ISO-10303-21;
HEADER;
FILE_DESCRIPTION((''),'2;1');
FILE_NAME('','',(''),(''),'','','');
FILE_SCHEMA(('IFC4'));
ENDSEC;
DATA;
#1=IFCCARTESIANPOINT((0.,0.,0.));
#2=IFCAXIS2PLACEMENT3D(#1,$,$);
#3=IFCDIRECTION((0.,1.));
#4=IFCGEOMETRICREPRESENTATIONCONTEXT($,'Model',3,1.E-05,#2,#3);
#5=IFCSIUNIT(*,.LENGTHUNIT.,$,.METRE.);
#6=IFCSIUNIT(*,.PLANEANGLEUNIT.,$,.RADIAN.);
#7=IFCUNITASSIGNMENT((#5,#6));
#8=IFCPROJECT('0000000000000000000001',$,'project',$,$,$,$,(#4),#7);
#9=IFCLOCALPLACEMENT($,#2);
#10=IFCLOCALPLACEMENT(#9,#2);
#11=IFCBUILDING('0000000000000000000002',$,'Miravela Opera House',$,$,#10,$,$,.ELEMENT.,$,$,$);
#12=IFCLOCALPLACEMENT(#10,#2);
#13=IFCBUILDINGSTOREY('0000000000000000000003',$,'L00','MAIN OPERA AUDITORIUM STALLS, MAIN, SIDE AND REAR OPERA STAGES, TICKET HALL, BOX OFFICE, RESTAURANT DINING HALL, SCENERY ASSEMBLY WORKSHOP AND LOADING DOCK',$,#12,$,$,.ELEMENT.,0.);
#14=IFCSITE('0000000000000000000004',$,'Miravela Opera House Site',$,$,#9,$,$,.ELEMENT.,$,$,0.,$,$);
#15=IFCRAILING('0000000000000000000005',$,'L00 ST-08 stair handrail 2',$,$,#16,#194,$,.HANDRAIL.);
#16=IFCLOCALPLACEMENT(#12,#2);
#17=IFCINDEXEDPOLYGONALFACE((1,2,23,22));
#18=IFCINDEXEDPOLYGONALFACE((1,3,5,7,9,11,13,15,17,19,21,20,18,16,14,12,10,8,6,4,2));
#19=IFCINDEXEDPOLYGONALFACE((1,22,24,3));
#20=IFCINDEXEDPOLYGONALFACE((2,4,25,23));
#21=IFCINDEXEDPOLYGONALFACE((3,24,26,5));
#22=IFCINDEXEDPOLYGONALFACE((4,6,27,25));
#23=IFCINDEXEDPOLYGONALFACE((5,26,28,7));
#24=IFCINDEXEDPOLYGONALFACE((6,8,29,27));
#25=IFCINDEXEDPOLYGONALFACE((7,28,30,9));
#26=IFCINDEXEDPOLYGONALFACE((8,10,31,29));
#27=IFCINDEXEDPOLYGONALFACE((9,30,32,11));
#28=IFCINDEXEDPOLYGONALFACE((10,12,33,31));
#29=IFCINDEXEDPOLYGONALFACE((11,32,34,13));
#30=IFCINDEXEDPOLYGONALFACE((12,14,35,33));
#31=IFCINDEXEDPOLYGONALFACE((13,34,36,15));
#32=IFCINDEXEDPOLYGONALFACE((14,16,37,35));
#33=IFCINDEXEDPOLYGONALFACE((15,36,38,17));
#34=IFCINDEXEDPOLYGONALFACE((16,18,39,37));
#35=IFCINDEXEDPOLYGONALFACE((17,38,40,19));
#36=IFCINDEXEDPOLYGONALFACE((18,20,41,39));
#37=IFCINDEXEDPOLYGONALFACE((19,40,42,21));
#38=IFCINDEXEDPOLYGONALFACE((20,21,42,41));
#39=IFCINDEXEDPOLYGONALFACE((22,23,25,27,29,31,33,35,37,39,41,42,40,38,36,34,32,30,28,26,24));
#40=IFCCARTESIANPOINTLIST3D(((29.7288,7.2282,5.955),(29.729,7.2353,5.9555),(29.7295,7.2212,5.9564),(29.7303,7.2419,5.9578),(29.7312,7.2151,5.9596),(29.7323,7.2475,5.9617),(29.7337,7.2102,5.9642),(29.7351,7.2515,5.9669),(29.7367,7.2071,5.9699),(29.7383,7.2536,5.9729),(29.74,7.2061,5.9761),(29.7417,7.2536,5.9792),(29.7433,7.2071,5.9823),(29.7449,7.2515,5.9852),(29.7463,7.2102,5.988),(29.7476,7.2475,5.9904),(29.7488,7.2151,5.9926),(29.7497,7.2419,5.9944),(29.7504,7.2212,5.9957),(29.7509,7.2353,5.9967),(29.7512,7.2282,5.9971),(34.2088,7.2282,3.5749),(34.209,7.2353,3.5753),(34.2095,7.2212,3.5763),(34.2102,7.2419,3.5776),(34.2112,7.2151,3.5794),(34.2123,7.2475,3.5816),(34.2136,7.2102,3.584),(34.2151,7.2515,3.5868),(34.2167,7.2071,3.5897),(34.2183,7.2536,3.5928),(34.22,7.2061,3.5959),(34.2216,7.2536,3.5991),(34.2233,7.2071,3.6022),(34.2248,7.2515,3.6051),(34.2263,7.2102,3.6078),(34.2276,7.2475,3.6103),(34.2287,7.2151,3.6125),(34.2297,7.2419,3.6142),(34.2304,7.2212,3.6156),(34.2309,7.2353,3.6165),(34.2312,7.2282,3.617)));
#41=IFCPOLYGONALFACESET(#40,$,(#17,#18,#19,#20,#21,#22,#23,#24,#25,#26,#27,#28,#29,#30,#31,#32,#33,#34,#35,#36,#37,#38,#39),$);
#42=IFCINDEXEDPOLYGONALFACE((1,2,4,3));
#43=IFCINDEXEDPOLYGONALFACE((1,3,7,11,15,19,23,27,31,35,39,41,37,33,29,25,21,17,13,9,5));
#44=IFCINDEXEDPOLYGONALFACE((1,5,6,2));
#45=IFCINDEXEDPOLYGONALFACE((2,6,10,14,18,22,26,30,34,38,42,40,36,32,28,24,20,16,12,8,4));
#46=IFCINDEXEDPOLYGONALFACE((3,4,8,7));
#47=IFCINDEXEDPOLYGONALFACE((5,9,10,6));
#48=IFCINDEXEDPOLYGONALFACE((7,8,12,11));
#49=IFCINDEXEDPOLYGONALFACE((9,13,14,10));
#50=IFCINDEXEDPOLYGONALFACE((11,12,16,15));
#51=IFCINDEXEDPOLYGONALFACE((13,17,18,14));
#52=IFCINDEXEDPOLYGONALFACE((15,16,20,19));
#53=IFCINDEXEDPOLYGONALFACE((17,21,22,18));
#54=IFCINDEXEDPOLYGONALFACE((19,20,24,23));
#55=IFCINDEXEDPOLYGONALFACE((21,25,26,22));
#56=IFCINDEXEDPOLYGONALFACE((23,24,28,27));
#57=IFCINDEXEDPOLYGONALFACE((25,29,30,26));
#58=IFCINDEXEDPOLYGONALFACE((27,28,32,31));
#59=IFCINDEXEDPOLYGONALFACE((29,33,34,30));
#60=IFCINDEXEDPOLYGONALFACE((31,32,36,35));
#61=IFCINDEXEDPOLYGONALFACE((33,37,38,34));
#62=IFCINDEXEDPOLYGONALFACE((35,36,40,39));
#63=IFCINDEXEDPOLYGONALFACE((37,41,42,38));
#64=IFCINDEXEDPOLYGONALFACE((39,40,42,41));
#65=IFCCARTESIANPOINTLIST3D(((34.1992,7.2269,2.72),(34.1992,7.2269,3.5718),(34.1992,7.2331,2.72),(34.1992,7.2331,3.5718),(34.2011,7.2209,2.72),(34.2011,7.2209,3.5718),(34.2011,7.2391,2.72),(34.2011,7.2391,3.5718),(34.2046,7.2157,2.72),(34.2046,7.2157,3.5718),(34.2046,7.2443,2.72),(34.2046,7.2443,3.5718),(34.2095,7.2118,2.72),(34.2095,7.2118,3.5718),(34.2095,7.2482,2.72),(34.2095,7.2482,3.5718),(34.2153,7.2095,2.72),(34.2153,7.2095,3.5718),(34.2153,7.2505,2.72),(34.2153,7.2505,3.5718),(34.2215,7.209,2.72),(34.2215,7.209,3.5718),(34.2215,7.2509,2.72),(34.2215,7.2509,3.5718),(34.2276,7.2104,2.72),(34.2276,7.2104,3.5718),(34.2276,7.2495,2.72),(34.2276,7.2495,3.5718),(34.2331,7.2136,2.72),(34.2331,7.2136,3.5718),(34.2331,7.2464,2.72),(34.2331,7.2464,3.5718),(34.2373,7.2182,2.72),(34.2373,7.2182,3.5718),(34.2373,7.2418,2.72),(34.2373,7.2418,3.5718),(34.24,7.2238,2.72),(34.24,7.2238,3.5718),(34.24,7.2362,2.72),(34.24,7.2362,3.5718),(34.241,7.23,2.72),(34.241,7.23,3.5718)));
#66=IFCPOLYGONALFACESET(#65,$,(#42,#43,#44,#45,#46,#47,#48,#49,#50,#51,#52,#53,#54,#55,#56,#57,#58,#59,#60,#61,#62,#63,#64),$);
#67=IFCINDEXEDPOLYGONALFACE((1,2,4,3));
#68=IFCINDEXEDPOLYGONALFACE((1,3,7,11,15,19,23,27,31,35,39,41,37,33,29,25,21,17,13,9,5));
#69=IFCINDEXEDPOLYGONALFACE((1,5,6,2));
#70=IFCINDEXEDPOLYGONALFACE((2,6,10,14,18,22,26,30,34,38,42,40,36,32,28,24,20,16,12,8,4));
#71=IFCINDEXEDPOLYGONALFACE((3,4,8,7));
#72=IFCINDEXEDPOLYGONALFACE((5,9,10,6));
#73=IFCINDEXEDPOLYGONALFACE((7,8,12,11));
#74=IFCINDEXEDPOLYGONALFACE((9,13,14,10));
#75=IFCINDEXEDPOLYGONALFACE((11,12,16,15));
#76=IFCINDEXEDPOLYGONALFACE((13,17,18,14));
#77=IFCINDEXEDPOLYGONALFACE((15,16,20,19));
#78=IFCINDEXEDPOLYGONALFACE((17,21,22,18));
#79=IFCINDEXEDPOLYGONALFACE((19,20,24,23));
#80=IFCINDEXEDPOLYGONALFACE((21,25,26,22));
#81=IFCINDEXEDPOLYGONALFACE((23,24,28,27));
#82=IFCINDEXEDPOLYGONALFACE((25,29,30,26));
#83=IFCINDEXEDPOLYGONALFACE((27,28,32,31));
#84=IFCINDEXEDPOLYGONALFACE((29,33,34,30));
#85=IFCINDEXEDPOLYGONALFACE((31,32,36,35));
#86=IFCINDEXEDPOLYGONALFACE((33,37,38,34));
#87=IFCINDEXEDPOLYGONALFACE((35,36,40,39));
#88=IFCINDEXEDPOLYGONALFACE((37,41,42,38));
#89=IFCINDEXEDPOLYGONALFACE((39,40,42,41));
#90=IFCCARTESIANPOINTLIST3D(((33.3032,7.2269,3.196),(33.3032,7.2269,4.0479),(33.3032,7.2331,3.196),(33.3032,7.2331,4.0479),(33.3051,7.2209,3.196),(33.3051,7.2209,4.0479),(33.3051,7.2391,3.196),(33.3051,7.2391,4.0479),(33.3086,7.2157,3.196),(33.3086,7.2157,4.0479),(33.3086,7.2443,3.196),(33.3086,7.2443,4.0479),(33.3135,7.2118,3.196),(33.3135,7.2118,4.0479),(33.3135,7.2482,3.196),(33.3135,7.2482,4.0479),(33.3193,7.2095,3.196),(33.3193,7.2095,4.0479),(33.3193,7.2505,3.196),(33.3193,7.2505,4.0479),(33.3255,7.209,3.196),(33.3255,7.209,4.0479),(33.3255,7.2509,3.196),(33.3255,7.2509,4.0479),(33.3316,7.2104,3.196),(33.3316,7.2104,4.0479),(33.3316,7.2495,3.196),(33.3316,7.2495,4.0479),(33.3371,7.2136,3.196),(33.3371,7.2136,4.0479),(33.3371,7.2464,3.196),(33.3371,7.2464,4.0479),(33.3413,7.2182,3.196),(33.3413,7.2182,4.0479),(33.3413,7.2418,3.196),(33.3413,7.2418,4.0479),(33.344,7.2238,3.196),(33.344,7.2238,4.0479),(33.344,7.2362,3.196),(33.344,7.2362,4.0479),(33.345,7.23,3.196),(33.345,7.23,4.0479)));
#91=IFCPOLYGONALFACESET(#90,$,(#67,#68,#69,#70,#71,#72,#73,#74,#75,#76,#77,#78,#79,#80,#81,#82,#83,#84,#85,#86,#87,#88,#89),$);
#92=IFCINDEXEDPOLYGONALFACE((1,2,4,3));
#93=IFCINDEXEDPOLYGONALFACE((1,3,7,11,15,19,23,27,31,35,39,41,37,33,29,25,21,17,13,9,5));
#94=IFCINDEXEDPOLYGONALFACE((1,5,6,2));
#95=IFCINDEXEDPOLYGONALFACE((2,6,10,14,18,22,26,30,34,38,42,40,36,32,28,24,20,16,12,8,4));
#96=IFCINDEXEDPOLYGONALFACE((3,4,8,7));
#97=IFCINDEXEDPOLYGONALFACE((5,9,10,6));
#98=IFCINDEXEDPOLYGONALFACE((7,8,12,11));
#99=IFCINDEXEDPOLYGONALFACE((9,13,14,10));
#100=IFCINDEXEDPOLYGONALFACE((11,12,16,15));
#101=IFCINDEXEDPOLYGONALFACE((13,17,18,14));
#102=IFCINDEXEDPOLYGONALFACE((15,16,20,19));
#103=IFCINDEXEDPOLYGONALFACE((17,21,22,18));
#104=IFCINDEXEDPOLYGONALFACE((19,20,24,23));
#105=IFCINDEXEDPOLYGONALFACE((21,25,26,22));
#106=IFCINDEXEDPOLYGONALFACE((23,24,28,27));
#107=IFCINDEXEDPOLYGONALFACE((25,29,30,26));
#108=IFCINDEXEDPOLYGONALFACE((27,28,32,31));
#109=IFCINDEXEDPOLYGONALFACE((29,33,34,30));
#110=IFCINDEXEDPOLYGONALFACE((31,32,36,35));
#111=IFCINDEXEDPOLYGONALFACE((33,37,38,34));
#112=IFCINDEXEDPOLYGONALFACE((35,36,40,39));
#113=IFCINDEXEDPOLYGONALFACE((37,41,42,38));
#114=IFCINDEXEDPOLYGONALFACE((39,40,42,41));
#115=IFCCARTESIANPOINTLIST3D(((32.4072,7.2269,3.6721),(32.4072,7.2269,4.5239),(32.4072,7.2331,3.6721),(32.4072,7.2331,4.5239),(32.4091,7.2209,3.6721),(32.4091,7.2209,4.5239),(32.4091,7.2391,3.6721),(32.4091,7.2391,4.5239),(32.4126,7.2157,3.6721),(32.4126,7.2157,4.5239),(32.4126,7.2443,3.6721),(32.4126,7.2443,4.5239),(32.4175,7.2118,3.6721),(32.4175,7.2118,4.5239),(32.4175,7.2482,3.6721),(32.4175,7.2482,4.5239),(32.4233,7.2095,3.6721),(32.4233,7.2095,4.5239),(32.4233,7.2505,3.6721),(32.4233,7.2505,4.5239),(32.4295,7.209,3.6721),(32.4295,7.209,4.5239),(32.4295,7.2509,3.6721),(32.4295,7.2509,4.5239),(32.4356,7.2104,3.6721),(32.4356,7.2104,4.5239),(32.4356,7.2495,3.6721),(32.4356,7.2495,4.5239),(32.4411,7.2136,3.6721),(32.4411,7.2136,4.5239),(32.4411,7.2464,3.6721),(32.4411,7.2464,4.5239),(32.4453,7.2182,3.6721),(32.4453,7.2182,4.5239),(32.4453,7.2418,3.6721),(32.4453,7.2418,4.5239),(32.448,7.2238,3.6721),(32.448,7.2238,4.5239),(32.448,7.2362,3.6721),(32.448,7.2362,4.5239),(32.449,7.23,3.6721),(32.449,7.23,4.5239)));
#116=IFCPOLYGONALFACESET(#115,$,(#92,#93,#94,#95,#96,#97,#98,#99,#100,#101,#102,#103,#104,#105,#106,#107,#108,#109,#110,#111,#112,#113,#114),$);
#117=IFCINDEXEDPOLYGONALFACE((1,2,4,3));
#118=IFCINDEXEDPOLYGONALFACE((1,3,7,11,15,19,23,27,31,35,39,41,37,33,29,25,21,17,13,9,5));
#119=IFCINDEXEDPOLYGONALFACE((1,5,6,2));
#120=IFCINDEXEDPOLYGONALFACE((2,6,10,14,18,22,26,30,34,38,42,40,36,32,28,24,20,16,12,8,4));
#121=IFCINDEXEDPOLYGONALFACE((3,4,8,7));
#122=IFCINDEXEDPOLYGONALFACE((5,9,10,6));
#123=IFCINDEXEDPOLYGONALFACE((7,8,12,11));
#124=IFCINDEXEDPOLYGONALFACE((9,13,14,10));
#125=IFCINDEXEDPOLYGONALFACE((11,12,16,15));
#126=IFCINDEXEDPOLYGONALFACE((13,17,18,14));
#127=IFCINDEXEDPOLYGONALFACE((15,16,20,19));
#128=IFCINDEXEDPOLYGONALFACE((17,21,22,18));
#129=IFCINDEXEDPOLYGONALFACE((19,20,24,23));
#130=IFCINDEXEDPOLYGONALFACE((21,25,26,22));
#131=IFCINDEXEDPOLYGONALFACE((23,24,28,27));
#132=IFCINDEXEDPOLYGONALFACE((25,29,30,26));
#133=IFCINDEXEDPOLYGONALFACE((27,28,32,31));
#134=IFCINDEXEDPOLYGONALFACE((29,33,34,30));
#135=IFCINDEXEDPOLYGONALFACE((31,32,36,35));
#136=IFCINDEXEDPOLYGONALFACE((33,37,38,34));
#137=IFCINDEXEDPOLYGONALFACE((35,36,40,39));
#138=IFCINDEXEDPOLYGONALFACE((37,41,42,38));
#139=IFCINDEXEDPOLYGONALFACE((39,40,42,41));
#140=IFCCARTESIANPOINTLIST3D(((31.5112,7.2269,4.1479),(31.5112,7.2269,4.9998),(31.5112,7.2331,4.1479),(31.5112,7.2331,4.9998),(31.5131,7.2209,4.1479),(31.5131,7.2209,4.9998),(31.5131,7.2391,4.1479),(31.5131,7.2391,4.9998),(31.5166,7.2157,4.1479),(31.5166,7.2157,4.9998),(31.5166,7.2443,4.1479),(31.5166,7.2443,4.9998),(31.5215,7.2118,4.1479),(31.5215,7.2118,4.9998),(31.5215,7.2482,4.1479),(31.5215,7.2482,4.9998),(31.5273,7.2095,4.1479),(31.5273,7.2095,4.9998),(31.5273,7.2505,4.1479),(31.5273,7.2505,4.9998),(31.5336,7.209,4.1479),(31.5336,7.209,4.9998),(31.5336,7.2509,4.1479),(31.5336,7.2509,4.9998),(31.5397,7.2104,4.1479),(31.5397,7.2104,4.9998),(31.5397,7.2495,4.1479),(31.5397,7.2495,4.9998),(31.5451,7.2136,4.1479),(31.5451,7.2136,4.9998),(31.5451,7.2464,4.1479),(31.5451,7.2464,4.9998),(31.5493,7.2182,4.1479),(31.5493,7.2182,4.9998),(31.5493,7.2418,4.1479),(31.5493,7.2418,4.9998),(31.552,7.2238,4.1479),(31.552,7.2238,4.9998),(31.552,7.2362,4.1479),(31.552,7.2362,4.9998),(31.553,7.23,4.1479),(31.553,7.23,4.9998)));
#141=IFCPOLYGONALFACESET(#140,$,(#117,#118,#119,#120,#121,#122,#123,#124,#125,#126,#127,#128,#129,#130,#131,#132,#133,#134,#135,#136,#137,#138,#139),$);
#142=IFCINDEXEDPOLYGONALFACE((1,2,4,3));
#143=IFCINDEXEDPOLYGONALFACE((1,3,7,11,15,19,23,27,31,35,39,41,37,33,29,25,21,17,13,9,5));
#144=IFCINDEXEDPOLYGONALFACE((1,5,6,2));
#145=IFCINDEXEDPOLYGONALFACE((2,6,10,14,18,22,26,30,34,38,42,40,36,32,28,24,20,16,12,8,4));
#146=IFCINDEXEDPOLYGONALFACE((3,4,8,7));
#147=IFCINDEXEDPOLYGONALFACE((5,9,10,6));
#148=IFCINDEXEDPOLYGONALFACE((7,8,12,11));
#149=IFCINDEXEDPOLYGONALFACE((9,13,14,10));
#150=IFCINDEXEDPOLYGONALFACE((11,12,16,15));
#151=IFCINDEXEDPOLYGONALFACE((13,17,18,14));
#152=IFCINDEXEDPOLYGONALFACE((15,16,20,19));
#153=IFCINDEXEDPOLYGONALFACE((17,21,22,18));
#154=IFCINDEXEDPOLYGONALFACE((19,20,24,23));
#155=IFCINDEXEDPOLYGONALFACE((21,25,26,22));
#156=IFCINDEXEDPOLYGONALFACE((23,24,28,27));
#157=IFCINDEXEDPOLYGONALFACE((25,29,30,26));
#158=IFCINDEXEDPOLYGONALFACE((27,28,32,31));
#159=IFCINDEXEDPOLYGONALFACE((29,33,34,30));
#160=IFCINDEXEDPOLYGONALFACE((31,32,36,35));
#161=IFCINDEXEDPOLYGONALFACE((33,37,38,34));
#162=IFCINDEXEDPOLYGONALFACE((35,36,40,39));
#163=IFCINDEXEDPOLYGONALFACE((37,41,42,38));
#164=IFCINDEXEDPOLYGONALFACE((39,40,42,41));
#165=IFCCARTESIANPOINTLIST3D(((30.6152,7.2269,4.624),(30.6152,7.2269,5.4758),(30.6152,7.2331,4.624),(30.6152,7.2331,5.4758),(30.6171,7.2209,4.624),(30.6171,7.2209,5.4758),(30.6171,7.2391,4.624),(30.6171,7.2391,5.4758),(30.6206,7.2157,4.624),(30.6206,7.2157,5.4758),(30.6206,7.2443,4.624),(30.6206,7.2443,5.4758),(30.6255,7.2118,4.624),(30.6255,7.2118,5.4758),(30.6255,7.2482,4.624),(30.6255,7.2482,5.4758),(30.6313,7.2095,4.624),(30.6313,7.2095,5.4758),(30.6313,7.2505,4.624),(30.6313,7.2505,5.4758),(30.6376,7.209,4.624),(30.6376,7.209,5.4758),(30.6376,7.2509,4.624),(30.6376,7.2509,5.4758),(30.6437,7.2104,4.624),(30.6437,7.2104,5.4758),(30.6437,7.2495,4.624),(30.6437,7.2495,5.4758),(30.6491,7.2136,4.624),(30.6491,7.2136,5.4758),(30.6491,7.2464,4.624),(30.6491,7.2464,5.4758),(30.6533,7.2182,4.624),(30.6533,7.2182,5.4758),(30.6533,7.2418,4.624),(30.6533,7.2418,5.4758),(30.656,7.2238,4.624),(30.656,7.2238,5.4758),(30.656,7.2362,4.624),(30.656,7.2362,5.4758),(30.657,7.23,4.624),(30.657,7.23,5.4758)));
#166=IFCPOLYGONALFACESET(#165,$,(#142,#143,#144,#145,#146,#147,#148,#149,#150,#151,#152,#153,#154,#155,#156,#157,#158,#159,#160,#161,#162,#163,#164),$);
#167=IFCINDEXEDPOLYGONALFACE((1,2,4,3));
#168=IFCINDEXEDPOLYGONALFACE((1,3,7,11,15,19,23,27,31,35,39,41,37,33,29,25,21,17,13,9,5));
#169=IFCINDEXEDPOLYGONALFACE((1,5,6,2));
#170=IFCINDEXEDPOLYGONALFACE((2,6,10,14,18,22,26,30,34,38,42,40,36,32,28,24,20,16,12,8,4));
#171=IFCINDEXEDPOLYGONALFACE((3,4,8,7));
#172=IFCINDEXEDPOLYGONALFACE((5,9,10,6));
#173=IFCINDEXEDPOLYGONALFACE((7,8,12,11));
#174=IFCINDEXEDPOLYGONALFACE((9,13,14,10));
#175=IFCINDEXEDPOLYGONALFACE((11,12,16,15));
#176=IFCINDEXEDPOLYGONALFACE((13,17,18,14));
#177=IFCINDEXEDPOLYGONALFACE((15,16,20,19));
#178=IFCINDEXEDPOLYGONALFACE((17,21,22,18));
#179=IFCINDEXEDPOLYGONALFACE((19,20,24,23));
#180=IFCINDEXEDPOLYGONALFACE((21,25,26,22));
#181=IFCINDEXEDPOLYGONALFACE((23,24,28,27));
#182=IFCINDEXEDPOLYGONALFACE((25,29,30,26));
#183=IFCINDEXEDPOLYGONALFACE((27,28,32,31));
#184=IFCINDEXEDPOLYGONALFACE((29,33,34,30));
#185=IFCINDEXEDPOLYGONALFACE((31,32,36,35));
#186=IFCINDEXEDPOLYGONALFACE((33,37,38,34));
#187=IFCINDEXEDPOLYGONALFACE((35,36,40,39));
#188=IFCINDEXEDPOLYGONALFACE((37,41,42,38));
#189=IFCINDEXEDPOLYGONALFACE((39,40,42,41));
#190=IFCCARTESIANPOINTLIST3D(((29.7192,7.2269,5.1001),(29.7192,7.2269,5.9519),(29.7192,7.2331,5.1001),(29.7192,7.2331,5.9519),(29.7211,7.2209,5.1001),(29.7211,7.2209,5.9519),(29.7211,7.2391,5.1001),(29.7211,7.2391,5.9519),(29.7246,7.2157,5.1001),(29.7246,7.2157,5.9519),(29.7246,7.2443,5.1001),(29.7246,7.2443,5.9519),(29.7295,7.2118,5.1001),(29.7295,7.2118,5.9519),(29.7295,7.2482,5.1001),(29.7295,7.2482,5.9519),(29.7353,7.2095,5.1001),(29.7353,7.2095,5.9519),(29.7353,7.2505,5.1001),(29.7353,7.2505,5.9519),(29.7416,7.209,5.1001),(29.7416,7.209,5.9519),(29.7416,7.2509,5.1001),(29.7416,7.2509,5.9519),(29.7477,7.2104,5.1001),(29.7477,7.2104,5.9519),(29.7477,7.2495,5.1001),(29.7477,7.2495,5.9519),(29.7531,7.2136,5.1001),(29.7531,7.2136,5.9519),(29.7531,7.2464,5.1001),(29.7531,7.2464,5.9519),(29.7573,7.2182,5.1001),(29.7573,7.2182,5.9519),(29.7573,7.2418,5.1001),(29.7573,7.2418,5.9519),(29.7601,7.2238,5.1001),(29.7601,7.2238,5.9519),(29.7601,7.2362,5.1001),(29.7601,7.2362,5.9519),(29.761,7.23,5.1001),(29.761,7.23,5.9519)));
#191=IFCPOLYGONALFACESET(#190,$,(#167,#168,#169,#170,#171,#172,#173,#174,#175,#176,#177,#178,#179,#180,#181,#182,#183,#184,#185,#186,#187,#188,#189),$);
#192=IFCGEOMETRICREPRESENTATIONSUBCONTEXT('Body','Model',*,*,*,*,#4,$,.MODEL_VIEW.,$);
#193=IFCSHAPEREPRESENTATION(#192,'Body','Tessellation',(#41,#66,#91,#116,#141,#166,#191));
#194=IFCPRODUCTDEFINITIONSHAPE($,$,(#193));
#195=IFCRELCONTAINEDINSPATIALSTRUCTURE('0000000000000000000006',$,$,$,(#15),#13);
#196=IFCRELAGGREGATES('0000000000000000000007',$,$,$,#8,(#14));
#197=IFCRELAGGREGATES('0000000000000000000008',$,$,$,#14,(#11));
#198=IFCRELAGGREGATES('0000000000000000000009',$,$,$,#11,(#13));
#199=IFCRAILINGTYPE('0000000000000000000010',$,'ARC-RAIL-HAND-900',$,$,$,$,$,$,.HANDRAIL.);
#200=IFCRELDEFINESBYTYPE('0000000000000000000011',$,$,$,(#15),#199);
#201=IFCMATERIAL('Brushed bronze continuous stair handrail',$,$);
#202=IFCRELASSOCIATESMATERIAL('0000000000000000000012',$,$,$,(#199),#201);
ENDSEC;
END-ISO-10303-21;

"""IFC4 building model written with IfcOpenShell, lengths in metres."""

from ifc_helpers import new_model, si_unit, direction, frame, origin, origin_2d, place, context, subcontext, project, spatial, circle, extrude, material, type_object, element, save


model = new_model("IFC4")

# Units and contexts
model_context = context("Model", 3, precision=1e-05, world=origin(), true_north=direction((0.0, 1.0)))
body_context = subcontext(model_context, "Body", "Model", "MODEL_VIEW")
ifc_project = project(units=[si_unit("LENGTHUNIT", "METRE"), si_unit("PLANEANGLEUNIT", "RADIAN")], contexts=[model_context])

# Site, building, storey
site_placement = place(None, origin())
site = spatial("IfcSite", under=ifc_project, at=site_placement, Name="Miravela Opera House Site", CompositionType="ELEMENT", RefElevation=0.0)
building_placement = place(site_placement, origin())
building = spatial("IfcBuilding", under=site, at=building_placement, Name="Miravela Opera House", CompositionType="ELEMENT")
storey_placement = place(building_placement, origin())
storey = spatial("IfcBuildingStorey", under=building, at=storey_placement, Name="L00", Description="MAIN OPERA AUDITORIUM STALLS, MAIN, SIDE AND REAR OPERA STAGES, TICKET HALL, BOX OFFICE, RESTAURANT DINING HALL, SCENERY ASSEMBLY WORKSHOP AND LOADING DOCK", CompositionType="ELEMENT", Elevation=0.0)

# Railing
ifc_material_1 = material(Name="Brushed bronze continuous stair handrail")
railing_type_1 = type_object("IfcRailingType", Name="ARC-RAIL-HAND-900", PredefinedType="HANDRAIL", material=ifc_material_1)
railing_1_placement = place(storey_placement, frame((34.22, 7.23, 2.72)))
element("IfcRailing", 1, at=railing_1_placement, inside=storey, type_object=railing_type_1, Name="L00 ST-08 stair handrail 2", PredefinedType="HANDRAIL", context=body_context, shape_type="SweptSolid", body=[
    extrude(circle(Radius=0.0239, at=origin_2d()), frame((0.0, 0.0, 0.876), z_axis=(-0.883105, 0.0, 0.469176), x_axis=(0.0, -1.0, 0.0)), (0.0, 0.0, 1.0), 5.073),
    extrude(circle(Radius=0.021, at=origin_2d()), origin(), (0.0, 0.0, 1.0), 0.8518),
    extrude(circle(Radius=0.021, at=origin_2d()), frame((-0.896, 0.0, 0.4761)), (0.0, 0.0, 1.0), 0.8518),
    extrude(circle(Radius=0.021, at=origin_2d()), frame((-1.792, 0.0, 0.9521)), (0.0, 0.0, 1.0), 0.8518),
    extrude(circle(Radius=0.021, at=origin_2d()), frame((-2.688, 0.0, 1.428)), (0.0, 0.0, 1.0), 0.8518),
    extrude(circle(Radius=0.021, at=origin_2d()), frame((-3.584, 0.0, 1.9041)), (0.0, 0.0, 1.0), 0.8518),
    extrude(circle(Radius=0.021, at=origin_2d()), frame((-4.48, 0.0, 2.3801)), (0.0, 0.0, 1.0), 0.8518),
])

save(model, "model.ifc")
